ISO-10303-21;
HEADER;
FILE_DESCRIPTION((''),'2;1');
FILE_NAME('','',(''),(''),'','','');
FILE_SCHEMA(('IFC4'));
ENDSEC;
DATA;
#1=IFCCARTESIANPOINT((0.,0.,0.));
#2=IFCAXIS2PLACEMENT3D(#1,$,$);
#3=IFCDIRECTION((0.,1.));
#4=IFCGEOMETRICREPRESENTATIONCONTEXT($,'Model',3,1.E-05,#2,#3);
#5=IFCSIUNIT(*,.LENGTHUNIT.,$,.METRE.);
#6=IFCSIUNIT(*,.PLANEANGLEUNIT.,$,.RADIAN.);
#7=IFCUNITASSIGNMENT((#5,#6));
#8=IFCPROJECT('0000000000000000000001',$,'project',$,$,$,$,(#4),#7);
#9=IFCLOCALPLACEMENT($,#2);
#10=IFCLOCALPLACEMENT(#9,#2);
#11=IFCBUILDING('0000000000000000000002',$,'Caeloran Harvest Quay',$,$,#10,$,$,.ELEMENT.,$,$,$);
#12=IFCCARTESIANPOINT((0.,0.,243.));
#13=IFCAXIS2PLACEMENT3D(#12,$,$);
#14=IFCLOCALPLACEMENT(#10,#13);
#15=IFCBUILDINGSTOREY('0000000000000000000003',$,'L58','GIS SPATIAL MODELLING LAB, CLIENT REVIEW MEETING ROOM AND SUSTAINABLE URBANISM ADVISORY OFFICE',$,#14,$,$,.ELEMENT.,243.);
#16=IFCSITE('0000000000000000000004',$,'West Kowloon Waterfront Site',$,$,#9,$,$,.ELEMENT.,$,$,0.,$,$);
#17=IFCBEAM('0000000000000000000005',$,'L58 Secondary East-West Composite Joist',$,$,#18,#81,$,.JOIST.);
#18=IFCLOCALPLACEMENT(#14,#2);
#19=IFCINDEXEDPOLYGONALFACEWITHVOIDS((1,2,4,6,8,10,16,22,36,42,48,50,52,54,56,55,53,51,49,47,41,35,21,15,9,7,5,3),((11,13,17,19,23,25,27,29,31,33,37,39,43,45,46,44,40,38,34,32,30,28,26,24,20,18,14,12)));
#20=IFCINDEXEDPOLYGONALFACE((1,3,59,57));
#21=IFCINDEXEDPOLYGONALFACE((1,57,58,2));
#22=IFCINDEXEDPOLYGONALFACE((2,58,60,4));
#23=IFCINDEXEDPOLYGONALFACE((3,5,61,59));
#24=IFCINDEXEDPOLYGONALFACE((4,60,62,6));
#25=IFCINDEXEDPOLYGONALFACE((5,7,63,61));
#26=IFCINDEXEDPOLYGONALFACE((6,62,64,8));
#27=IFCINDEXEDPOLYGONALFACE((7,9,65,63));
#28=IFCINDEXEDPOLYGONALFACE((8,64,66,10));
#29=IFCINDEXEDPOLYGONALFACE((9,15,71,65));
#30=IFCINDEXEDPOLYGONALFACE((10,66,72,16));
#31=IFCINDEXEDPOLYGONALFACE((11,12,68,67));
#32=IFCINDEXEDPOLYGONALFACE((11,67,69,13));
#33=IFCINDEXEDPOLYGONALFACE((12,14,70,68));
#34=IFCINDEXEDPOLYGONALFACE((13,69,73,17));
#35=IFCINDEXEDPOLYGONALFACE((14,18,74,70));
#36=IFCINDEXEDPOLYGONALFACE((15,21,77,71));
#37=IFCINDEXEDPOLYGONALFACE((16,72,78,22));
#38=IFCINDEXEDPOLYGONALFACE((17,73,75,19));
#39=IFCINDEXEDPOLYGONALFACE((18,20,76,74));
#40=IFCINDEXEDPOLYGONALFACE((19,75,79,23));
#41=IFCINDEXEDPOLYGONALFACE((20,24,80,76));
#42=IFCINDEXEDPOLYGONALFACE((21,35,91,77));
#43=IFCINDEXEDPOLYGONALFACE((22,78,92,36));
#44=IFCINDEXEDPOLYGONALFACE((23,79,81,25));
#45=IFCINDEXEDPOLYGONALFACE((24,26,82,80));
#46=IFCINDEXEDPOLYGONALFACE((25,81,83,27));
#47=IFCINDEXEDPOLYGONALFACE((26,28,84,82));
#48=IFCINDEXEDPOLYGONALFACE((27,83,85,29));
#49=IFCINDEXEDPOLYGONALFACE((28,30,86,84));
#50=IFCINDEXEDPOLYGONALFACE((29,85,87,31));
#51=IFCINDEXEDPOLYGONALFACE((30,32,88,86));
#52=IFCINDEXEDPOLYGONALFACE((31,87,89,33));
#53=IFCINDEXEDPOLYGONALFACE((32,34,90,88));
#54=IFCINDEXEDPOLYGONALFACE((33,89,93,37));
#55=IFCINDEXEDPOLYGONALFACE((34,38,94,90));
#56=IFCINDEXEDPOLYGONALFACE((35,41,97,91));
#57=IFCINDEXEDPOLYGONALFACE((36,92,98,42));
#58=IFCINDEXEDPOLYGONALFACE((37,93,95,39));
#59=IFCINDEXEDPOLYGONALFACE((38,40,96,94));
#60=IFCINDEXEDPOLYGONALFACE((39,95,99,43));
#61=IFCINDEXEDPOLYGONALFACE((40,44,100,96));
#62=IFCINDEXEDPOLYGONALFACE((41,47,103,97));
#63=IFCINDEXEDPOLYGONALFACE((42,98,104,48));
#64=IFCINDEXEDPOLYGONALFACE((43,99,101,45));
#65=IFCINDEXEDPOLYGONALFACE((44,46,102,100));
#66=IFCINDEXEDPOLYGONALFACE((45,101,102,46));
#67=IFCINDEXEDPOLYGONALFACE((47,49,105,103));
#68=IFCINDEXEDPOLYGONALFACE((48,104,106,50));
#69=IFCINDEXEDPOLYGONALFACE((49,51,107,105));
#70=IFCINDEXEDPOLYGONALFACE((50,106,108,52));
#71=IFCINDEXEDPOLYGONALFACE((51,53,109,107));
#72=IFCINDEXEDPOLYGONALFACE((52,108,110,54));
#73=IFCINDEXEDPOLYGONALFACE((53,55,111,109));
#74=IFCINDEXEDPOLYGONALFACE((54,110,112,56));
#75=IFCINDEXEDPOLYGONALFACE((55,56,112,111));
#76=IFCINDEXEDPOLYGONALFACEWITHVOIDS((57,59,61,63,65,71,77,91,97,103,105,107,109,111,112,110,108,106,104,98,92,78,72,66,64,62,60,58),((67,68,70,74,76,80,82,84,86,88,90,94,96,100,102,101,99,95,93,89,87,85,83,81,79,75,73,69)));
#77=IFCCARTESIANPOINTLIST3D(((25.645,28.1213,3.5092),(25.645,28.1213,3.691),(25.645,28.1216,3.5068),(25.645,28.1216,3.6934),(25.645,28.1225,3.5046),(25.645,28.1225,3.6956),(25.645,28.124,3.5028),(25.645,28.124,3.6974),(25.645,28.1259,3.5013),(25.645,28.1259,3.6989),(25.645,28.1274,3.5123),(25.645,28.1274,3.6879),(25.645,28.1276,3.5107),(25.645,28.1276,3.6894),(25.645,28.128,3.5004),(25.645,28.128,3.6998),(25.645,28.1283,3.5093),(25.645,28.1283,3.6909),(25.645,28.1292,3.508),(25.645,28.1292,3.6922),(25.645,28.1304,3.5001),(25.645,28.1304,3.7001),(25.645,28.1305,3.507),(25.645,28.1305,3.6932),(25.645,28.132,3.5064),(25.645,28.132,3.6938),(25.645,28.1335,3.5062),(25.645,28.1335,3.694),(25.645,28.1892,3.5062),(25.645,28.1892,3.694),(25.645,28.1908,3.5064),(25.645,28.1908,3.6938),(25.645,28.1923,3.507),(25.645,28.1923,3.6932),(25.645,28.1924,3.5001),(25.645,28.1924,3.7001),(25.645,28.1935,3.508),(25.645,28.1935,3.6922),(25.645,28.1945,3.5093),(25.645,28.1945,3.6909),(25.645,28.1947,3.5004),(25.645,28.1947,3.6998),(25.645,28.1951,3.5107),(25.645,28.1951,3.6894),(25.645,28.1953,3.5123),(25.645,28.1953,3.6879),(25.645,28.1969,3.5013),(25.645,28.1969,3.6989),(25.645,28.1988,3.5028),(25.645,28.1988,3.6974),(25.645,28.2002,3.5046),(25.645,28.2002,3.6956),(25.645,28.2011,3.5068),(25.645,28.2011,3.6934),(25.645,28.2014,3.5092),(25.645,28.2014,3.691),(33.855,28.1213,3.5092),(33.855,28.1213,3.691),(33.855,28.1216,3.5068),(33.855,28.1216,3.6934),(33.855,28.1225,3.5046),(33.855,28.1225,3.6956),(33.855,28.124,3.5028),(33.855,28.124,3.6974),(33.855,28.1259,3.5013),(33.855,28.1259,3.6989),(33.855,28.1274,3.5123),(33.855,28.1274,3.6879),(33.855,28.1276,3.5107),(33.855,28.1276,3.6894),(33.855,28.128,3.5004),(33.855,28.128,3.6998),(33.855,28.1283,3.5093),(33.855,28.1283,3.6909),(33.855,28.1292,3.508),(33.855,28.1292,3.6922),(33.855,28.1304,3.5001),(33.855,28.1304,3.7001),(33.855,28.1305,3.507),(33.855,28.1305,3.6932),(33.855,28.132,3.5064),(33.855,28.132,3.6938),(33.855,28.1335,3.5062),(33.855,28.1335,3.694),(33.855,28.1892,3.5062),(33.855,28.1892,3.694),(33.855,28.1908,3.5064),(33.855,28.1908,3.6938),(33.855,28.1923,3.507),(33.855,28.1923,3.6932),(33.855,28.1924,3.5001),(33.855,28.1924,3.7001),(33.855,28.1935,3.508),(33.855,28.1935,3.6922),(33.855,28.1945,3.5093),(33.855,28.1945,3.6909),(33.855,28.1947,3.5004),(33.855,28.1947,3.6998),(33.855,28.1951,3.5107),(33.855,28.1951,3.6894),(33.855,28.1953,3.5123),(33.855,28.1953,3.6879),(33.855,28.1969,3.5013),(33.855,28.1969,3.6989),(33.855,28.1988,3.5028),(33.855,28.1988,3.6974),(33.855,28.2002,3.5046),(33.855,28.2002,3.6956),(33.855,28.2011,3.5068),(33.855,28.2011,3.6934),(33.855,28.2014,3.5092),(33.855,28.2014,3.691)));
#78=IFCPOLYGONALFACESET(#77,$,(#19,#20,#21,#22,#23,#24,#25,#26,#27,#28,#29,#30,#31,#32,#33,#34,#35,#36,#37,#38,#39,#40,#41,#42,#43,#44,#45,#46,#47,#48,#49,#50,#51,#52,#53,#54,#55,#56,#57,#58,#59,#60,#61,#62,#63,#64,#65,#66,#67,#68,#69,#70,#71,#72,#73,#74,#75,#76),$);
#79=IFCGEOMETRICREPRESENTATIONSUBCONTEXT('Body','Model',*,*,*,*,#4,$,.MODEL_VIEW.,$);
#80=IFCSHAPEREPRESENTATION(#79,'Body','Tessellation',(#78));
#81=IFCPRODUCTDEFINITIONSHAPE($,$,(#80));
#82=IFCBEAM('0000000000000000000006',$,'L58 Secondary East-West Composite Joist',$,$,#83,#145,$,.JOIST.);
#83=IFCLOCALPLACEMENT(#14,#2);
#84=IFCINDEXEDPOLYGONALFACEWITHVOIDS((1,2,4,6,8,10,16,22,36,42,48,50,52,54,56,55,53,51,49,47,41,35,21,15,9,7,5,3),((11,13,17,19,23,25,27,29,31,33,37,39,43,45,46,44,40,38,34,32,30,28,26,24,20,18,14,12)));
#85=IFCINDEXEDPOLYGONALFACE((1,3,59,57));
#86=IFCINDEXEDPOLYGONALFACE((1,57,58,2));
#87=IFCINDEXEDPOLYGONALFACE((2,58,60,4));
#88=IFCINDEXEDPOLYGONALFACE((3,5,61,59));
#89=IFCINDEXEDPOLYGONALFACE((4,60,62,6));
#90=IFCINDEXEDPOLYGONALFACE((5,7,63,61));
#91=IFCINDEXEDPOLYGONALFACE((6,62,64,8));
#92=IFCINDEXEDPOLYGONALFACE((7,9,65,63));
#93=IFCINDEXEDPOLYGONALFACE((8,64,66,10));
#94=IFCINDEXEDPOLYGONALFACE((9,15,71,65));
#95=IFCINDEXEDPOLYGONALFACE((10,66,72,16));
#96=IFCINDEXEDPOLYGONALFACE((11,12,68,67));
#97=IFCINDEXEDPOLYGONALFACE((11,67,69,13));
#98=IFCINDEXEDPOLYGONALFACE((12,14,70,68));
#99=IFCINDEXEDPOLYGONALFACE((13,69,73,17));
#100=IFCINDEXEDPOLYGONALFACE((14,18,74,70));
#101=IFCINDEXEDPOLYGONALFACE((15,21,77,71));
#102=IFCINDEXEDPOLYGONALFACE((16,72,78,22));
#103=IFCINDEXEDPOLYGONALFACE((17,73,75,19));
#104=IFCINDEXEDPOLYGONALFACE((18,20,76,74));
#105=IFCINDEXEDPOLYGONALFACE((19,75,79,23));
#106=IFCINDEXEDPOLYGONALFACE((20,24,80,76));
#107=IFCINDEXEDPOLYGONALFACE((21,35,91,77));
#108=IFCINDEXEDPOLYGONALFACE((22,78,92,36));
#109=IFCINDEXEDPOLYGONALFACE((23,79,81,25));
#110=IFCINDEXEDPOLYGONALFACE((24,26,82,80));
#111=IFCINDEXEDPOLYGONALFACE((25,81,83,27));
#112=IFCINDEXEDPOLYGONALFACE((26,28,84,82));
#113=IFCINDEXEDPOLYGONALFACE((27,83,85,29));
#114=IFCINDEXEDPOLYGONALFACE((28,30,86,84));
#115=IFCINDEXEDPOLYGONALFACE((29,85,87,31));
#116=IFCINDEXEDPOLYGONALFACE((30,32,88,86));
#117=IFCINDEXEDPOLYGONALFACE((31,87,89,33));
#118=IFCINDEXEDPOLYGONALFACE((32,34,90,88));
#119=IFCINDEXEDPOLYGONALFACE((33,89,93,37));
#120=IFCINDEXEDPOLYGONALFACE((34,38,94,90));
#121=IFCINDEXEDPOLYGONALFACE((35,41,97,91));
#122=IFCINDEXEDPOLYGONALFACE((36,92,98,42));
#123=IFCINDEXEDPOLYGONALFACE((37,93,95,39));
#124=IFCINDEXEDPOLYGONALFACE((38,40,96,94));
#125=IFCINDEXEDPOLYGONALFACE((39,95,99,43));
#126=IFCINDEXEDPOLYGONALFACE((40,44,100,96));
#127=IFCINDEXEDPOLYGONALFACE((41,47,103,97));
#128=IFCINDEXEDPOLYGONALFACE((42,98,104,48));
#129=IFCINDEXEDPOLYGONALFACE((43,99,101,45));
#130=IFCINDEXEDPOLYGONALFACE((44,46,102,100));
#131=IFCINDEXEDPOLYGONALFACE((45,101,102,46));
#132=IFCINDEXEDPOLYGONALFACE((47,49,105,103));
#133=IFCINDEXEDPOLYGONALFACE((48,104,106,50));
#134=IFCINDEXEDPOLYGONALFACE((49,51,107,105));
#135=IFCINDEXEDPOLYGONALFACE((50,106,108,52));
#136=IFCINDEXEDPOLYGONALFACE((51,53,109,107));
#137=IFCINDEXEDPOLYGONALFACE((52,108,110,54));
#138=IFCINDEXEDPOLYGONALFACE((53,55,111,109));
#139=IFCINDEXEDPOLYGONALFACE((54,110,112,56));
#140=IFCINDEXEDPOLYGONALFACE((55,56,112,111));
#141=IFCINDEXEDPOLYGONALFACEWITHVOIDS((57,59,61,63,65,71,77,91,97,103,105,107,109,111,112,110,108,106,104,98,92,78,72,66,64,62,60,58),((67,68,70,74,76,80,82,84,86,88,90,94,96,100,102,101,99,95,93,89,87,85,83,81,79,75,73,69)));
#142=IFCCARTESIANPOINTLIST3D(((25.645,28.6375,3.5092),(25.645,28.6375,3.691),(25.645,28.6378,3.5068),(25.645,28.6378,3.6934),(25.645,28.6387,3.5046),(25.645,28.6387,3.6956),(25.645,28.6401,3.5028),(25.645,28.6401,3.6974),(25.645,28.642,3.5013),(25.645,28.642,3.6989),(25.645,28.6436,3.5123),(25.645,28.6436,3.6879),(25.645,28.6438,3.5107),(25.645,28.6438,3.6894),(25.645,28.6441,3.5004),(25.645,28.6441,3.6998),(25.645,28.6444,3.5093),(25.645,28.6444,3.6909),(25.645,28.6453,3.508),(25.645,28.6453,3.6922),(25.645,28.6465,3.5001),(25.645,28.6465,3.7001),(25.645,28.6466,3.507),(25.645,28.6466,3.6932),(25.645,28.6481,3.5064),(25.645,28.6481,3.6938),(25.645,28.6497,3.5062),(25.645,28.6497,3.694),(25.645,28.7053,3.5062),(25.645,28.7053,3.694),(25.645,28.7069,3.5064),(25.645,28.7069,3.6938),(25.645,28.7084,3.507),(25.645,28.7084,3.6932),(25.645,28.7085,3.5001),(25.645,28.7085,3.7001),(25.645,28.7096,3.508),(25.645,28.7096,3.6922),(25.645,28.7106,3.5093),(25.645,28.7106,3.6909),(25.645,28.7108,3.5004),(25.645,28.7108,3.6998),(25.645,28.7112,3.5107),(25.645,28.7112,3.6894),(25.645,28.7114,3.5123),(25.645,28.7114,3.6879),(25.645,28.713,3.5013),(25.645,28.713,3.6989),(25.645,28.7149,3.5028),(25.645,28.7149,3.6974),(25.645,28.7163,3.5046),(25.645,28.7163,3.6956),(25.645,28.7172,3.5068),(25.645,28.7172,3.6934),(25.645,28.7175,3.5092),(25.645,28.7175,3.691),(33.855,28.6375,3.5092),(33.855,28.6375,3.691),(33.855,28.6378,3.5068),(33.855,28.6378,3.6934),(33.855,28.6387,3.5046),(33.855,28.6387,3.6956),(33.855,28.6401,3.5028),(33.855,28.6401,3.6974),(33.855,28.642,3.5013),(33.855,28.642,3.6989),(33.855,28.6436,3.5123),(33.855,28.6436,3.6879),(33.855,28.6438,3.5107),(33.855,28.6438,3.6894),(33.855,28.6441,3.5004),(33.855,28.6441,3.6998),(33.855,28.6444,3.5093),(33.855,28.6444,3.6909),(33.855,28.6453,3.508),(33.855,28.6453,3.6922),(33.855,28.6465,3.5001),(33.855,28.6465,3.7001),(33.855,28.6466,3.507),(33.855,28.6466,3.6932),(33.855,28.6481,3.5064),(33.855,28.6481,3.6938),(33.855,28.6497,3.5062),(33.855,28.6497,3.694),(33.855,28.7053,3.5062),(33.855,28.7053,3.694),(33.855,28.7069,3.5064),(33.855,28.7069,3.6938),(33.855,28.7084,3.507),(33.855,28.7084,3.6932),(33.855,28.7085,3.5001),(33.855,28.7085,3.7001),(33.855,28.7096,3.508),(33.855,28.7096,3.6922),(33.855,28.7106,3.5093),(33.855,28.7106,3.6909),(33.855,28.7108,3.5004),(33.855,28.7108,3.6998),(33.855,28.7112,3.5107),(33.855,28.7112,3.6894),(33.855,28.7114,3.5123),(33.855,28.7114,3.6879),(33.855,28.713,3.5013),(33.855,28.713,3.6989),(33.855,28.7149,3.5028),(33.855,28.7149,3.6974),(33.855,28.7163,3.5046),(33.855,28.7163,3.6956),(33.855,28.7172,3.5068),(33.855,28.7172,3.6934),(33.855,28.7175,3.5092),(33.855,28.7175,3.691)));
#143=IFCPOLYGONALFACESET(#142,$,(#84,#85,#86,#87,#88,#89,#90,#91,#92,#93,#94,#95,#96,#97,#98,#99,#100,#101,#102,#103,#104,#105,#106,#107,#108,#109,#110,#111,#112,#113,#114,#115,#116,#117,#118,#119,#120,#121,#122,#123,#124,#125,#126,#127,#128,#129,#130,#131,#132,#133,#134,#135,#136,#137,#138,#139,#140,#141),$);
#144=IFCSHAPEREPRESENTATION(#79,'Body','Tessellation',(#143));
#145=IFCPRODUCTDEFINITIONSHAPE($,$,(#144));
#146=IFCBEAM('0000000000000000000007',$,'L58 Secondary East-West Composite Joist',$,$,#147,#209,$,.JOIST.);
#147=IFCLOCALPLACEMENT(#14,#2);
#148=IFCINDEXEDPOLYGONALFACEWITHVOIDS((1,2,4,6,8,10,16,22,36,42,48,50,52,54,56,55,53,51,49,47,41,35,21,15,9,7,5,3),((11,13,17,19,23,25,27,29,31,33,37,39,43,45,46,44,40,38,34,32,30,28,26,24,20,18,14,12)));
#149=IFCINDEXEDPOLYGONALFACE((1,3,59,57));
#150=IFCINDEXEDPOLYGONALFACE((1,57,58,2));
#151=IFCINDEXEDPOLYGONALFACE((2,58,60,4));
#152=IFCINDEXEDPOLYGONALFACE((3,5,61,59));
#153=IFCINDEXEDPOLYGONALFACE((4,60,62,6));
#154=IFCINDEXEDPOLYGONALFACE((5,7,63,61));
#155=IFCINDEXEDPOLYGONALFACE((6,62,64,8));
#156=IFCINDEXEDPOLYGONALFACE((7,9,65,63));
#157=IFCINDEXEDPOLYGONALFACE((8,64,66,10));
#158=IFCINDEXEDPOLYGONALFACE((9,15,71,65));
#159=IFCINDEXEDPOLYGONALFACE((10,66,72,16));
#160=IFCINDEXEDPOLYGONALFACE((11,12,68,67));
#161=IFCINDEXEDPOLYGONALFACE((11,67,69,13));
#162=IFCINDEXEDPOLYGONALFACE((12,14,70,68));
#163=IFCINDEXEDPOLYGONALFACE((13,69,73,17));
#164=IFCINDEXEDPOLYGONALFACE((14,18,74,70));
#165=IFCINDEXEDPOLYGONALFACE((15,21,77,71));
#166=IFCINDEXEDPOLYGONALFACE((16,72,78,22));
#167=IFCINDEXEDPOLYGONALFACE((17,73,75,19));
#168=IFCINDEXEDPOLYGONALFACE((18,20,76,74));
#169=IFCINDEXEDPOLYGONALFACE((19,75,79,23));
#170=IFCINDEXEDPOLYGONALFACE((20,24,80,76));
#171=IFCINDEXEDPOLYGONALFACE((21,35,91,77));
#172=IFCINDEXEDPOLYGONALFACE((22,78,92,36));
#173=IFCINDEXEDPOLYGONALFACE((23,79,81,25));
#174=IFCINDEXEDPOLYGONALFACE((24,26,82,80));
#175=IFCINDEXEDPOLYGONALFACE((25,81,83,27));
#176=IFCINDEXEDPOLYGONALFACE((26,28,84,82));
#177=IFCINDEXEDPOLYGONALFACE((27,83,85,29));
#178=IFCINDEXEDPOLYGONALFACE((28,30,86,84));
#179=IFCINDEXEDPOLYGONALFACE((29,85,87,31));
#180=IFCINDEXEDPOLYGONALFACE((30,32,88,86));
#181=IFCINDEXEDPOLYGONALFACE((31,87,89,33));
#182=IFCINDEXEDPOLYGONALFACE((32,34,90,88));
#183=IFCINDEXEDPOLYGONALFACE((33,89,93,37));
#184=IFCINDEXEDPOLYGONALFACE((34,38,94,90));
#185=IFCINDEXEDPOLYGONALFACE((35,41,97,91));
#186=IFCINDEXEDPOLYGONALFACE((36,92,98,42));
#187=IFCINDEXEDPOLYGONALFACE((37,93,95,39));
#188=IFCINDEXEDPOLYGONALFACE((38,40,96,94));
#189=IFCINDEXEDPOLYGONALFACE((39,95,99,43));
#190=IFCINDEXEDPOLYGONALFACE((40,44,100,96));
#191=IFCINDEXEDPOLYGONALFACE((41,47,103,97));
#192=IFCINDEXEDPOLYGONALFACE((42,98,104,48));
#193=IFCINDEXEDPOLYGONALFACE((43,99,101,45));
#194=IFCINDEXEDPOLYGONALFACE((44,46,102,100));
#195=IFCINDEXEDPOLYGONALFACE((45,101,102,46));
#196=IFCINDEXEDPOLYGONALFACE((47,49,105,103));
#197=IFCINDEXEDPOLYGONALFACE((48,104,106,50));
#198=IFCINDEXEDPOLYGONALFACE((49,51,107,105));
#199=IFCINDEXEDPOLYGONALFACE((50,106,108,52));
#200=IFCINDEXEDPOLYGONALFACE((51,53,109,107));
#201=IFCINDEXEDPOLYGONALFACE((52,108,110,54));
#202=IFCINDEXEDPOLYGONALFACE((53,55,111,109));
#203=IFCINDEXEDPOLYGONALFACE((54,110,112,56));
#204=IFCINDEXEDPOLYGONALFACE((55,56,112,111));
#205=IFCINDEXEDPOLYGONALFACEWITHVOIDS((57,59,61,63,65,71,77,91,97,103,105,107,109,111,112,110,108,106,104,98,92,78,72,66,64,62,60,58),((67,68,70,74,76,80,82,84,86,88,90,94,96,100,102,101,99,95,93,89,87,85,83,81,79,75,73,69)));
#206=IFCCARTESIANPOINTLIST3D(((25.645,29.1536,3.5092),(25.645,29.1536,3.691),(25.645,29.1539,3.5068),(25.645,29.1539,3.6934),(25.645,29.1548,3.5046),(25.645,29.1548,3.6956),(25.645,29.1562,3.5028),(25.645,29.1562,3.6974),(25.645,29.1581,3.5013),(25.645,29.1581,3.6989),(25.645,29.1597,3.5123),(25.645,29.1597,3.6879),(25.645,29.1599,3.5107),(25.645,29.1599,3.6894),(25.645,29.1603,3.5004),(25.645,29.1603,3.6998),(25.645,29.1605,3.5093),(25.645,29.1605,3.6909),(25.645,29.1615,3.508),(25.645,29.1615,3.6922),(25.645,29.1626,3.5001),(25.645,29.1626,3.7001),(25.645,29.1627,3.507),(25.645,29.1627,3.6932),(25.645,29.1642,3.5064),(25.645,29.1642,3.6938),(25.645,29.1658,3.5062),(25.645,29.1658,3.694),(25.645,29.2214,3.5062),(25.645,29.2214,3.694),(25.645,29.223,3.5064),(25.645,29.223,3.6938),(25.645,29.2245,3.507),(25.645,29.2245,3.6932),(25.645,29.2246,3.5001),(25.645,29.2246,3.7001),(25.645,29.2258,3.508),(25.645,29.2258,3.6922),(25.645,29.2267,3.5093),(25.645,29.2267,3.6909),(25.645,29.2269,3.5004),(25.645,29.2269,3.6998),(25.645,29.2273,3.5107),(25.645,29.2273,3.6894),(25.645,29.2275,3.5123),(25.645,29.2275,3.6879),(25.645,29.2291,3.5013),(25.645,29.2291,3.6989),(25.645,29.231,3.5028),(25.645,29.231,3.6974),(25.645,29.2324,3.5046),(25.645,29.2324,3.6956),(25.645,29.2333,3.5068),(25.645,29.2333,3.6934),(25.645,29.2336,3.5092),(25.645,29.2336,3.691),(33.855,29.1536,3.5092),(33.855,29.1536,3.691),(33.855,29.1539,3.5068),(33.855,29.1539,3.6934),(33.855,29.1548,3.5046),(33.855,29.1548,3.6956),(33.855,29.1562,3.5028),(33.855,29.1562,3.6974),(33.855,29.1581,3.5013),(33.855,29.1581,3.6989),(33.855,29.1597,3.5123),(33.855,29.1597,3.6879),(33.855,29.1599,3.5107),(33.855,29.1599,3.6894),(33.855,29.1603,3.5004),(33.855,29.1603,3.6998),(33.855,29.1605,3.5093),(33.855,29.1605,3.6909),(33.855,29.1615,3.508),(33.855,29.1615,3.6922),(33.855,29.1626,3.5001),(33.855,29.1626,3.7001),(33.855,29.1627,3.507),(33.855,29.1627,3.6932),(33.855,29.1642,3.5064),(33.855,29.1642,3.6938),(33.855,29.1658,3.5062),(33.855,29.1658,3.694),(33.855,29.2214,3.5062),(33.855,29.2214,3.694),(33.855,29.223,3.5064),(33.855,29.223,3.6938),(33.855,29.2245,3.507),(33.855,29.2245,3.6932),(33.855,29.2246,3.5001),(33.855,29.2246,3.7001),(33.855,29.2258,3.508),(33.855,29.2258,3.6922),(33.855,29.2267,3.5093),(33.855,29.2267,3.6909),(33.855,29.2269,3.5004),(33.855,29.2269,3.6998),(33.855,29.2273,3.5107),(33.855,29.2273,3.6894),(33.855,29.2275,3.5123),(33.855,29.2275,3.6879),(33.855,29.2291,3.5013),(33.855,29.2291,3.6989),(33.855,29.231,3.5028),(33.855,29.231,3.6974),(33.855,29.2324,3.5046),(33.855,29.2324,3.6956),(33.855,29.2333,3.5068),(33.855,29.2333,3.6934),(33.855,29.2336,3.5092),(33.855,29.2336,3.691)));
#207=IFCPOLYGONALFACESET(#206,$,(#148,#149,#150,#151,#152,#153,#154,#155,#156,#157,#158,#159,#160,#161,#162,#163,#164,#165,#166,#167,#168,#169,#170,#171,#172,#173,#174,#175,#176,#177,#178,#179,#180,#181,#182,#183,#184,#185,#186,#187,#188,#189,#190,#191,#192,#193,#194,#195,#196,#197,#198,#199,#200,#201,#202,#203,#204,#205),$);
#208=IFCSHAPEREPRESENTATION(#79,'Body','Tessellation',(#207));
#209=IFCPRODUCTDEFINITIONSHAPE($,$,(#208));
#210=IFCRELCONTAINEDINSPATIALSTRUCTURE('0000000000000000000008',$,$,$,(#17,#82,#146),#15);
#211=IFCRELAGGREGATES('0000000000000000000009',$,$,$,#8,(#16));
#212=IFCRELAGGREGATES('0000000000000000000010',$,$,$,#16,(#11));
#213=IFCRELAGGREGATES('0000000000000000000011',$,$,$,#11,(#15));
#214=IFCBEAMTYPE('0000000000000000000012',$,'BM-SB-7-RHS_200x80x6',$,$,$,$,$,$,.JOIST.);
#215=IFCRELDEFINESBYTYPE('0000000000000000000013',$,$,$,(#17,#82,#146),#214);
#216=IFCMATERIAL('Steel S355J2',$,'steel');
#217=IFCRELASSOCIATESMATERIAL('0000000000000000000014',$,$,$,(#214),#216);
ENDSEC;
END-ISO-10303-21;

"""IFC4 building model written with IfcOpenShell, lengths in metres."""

from ifc_helpers import new_model, si_unit, direction, frame, origin, origin_2d, place, context, subcontext, project, spatial, hollow_rectangle, extrude, material, material_profile, profile_set, type_object, element, save


model = new_model("IFC4")

# Units and contexts
model_context = context("Model", 3, precision=1e-05, world=origin(), true_north=direction((0.0, 1.0)))
body_context = subcontext(model_context, "Body", "Model", "MODEL_VIEW")
ifc_project = project(units=[si_unit("LENGTHUNIT", "METRE"), si_unit("PLANEANGLEUNIT", "RADIAN")], contexts=[model_context])

# Site, building, storey
site_placement = place(None, origin())
site = spatial("IfcSite", under=ifc_project, at=site_placement, Name="West Kowloon Waterfront Site", CompositionType="ELEMENT", RefElevation=0.0)
building_placement = place(site_placement, origin())
building = spatial("IfcBuilding", under=site, at=building_placement, Name="Caeloran Harvest Quay", CompositionType="ELEMENT")
storey_placement = place(building_placement, frame((0.0, 0.0, 243.0)))
storey = spatial("IfcBuildingStorey", under=building, at=storey_placement, Name="L58", Description="GIS SPATIAL MODELLING LAB, CLIENT REVIEW MEETING ROOM AND SUSTAINABLE URBANISM ADVISORY OFFICE", CompositionType="ELEMENT", Elevation=243.0)

# Beams
ifc_material = material(Name="Steel S355J2", Category="steel")
ifc_material_profile_1 = material_profile(ifc_material, hollow_rectangle(XDim=0.0801, YDim=0.2, WallThickness=0.0061, InnerFilletRadius=0.0061, OuterFilletRadius=0.009, at=origin_2d()), Name="RHS 200x80x6")
ifc_profile_set_1 = profile_set([ifc_material_profile_1], Name="Steel S355J2")
beam_type_1 = type_object("IfcBeamType", Name="BM-SB-7-RHS_200x80x6", PredefinedType="JOIST", material=ifc_profile_set_1)
for number, where, z_axis, x_axis, name in (
    (1, (25.645, 28.1614, 3.6001), (1.0, 0.0, 0.0), (0.0, 1.0, 0.0), "L58 Secondary East-West Composite Joist"),
    (2, (25.645, 28.6775, 3.6001), (1.0, 0.0, 0.0), (0.0, 1.0, 0.0), "L58 Secondary East-West Composite Joist"),
    (3, (25.645, 29.1936, 3.6001), (1.0, 0.0, 0.0), (0.0, 1.0, 0.0), "L58 Secondary East-West Composite Joist"),
):
    element("IfcBeam", number, at=place(storey_placement, frame(where, z_axis=z_axis, x_axis=x_axis)), inside=storey, type_object=beam_type_1, Name=name, PredefinedType="JOIST", context=body_context, shape_type="SweptSolid", body=[
        extrude(hollow_rectangle(XDim=0.0801, YDim=0.2, WallThickness=0.0061, InnerFilletRadius=0.0061, OuterFilletRadius=0.009, at=origin_2d()), origin(), (0.0, 0.0, 1.0), 8.21),
    ])

save(model, "model.ifc")
